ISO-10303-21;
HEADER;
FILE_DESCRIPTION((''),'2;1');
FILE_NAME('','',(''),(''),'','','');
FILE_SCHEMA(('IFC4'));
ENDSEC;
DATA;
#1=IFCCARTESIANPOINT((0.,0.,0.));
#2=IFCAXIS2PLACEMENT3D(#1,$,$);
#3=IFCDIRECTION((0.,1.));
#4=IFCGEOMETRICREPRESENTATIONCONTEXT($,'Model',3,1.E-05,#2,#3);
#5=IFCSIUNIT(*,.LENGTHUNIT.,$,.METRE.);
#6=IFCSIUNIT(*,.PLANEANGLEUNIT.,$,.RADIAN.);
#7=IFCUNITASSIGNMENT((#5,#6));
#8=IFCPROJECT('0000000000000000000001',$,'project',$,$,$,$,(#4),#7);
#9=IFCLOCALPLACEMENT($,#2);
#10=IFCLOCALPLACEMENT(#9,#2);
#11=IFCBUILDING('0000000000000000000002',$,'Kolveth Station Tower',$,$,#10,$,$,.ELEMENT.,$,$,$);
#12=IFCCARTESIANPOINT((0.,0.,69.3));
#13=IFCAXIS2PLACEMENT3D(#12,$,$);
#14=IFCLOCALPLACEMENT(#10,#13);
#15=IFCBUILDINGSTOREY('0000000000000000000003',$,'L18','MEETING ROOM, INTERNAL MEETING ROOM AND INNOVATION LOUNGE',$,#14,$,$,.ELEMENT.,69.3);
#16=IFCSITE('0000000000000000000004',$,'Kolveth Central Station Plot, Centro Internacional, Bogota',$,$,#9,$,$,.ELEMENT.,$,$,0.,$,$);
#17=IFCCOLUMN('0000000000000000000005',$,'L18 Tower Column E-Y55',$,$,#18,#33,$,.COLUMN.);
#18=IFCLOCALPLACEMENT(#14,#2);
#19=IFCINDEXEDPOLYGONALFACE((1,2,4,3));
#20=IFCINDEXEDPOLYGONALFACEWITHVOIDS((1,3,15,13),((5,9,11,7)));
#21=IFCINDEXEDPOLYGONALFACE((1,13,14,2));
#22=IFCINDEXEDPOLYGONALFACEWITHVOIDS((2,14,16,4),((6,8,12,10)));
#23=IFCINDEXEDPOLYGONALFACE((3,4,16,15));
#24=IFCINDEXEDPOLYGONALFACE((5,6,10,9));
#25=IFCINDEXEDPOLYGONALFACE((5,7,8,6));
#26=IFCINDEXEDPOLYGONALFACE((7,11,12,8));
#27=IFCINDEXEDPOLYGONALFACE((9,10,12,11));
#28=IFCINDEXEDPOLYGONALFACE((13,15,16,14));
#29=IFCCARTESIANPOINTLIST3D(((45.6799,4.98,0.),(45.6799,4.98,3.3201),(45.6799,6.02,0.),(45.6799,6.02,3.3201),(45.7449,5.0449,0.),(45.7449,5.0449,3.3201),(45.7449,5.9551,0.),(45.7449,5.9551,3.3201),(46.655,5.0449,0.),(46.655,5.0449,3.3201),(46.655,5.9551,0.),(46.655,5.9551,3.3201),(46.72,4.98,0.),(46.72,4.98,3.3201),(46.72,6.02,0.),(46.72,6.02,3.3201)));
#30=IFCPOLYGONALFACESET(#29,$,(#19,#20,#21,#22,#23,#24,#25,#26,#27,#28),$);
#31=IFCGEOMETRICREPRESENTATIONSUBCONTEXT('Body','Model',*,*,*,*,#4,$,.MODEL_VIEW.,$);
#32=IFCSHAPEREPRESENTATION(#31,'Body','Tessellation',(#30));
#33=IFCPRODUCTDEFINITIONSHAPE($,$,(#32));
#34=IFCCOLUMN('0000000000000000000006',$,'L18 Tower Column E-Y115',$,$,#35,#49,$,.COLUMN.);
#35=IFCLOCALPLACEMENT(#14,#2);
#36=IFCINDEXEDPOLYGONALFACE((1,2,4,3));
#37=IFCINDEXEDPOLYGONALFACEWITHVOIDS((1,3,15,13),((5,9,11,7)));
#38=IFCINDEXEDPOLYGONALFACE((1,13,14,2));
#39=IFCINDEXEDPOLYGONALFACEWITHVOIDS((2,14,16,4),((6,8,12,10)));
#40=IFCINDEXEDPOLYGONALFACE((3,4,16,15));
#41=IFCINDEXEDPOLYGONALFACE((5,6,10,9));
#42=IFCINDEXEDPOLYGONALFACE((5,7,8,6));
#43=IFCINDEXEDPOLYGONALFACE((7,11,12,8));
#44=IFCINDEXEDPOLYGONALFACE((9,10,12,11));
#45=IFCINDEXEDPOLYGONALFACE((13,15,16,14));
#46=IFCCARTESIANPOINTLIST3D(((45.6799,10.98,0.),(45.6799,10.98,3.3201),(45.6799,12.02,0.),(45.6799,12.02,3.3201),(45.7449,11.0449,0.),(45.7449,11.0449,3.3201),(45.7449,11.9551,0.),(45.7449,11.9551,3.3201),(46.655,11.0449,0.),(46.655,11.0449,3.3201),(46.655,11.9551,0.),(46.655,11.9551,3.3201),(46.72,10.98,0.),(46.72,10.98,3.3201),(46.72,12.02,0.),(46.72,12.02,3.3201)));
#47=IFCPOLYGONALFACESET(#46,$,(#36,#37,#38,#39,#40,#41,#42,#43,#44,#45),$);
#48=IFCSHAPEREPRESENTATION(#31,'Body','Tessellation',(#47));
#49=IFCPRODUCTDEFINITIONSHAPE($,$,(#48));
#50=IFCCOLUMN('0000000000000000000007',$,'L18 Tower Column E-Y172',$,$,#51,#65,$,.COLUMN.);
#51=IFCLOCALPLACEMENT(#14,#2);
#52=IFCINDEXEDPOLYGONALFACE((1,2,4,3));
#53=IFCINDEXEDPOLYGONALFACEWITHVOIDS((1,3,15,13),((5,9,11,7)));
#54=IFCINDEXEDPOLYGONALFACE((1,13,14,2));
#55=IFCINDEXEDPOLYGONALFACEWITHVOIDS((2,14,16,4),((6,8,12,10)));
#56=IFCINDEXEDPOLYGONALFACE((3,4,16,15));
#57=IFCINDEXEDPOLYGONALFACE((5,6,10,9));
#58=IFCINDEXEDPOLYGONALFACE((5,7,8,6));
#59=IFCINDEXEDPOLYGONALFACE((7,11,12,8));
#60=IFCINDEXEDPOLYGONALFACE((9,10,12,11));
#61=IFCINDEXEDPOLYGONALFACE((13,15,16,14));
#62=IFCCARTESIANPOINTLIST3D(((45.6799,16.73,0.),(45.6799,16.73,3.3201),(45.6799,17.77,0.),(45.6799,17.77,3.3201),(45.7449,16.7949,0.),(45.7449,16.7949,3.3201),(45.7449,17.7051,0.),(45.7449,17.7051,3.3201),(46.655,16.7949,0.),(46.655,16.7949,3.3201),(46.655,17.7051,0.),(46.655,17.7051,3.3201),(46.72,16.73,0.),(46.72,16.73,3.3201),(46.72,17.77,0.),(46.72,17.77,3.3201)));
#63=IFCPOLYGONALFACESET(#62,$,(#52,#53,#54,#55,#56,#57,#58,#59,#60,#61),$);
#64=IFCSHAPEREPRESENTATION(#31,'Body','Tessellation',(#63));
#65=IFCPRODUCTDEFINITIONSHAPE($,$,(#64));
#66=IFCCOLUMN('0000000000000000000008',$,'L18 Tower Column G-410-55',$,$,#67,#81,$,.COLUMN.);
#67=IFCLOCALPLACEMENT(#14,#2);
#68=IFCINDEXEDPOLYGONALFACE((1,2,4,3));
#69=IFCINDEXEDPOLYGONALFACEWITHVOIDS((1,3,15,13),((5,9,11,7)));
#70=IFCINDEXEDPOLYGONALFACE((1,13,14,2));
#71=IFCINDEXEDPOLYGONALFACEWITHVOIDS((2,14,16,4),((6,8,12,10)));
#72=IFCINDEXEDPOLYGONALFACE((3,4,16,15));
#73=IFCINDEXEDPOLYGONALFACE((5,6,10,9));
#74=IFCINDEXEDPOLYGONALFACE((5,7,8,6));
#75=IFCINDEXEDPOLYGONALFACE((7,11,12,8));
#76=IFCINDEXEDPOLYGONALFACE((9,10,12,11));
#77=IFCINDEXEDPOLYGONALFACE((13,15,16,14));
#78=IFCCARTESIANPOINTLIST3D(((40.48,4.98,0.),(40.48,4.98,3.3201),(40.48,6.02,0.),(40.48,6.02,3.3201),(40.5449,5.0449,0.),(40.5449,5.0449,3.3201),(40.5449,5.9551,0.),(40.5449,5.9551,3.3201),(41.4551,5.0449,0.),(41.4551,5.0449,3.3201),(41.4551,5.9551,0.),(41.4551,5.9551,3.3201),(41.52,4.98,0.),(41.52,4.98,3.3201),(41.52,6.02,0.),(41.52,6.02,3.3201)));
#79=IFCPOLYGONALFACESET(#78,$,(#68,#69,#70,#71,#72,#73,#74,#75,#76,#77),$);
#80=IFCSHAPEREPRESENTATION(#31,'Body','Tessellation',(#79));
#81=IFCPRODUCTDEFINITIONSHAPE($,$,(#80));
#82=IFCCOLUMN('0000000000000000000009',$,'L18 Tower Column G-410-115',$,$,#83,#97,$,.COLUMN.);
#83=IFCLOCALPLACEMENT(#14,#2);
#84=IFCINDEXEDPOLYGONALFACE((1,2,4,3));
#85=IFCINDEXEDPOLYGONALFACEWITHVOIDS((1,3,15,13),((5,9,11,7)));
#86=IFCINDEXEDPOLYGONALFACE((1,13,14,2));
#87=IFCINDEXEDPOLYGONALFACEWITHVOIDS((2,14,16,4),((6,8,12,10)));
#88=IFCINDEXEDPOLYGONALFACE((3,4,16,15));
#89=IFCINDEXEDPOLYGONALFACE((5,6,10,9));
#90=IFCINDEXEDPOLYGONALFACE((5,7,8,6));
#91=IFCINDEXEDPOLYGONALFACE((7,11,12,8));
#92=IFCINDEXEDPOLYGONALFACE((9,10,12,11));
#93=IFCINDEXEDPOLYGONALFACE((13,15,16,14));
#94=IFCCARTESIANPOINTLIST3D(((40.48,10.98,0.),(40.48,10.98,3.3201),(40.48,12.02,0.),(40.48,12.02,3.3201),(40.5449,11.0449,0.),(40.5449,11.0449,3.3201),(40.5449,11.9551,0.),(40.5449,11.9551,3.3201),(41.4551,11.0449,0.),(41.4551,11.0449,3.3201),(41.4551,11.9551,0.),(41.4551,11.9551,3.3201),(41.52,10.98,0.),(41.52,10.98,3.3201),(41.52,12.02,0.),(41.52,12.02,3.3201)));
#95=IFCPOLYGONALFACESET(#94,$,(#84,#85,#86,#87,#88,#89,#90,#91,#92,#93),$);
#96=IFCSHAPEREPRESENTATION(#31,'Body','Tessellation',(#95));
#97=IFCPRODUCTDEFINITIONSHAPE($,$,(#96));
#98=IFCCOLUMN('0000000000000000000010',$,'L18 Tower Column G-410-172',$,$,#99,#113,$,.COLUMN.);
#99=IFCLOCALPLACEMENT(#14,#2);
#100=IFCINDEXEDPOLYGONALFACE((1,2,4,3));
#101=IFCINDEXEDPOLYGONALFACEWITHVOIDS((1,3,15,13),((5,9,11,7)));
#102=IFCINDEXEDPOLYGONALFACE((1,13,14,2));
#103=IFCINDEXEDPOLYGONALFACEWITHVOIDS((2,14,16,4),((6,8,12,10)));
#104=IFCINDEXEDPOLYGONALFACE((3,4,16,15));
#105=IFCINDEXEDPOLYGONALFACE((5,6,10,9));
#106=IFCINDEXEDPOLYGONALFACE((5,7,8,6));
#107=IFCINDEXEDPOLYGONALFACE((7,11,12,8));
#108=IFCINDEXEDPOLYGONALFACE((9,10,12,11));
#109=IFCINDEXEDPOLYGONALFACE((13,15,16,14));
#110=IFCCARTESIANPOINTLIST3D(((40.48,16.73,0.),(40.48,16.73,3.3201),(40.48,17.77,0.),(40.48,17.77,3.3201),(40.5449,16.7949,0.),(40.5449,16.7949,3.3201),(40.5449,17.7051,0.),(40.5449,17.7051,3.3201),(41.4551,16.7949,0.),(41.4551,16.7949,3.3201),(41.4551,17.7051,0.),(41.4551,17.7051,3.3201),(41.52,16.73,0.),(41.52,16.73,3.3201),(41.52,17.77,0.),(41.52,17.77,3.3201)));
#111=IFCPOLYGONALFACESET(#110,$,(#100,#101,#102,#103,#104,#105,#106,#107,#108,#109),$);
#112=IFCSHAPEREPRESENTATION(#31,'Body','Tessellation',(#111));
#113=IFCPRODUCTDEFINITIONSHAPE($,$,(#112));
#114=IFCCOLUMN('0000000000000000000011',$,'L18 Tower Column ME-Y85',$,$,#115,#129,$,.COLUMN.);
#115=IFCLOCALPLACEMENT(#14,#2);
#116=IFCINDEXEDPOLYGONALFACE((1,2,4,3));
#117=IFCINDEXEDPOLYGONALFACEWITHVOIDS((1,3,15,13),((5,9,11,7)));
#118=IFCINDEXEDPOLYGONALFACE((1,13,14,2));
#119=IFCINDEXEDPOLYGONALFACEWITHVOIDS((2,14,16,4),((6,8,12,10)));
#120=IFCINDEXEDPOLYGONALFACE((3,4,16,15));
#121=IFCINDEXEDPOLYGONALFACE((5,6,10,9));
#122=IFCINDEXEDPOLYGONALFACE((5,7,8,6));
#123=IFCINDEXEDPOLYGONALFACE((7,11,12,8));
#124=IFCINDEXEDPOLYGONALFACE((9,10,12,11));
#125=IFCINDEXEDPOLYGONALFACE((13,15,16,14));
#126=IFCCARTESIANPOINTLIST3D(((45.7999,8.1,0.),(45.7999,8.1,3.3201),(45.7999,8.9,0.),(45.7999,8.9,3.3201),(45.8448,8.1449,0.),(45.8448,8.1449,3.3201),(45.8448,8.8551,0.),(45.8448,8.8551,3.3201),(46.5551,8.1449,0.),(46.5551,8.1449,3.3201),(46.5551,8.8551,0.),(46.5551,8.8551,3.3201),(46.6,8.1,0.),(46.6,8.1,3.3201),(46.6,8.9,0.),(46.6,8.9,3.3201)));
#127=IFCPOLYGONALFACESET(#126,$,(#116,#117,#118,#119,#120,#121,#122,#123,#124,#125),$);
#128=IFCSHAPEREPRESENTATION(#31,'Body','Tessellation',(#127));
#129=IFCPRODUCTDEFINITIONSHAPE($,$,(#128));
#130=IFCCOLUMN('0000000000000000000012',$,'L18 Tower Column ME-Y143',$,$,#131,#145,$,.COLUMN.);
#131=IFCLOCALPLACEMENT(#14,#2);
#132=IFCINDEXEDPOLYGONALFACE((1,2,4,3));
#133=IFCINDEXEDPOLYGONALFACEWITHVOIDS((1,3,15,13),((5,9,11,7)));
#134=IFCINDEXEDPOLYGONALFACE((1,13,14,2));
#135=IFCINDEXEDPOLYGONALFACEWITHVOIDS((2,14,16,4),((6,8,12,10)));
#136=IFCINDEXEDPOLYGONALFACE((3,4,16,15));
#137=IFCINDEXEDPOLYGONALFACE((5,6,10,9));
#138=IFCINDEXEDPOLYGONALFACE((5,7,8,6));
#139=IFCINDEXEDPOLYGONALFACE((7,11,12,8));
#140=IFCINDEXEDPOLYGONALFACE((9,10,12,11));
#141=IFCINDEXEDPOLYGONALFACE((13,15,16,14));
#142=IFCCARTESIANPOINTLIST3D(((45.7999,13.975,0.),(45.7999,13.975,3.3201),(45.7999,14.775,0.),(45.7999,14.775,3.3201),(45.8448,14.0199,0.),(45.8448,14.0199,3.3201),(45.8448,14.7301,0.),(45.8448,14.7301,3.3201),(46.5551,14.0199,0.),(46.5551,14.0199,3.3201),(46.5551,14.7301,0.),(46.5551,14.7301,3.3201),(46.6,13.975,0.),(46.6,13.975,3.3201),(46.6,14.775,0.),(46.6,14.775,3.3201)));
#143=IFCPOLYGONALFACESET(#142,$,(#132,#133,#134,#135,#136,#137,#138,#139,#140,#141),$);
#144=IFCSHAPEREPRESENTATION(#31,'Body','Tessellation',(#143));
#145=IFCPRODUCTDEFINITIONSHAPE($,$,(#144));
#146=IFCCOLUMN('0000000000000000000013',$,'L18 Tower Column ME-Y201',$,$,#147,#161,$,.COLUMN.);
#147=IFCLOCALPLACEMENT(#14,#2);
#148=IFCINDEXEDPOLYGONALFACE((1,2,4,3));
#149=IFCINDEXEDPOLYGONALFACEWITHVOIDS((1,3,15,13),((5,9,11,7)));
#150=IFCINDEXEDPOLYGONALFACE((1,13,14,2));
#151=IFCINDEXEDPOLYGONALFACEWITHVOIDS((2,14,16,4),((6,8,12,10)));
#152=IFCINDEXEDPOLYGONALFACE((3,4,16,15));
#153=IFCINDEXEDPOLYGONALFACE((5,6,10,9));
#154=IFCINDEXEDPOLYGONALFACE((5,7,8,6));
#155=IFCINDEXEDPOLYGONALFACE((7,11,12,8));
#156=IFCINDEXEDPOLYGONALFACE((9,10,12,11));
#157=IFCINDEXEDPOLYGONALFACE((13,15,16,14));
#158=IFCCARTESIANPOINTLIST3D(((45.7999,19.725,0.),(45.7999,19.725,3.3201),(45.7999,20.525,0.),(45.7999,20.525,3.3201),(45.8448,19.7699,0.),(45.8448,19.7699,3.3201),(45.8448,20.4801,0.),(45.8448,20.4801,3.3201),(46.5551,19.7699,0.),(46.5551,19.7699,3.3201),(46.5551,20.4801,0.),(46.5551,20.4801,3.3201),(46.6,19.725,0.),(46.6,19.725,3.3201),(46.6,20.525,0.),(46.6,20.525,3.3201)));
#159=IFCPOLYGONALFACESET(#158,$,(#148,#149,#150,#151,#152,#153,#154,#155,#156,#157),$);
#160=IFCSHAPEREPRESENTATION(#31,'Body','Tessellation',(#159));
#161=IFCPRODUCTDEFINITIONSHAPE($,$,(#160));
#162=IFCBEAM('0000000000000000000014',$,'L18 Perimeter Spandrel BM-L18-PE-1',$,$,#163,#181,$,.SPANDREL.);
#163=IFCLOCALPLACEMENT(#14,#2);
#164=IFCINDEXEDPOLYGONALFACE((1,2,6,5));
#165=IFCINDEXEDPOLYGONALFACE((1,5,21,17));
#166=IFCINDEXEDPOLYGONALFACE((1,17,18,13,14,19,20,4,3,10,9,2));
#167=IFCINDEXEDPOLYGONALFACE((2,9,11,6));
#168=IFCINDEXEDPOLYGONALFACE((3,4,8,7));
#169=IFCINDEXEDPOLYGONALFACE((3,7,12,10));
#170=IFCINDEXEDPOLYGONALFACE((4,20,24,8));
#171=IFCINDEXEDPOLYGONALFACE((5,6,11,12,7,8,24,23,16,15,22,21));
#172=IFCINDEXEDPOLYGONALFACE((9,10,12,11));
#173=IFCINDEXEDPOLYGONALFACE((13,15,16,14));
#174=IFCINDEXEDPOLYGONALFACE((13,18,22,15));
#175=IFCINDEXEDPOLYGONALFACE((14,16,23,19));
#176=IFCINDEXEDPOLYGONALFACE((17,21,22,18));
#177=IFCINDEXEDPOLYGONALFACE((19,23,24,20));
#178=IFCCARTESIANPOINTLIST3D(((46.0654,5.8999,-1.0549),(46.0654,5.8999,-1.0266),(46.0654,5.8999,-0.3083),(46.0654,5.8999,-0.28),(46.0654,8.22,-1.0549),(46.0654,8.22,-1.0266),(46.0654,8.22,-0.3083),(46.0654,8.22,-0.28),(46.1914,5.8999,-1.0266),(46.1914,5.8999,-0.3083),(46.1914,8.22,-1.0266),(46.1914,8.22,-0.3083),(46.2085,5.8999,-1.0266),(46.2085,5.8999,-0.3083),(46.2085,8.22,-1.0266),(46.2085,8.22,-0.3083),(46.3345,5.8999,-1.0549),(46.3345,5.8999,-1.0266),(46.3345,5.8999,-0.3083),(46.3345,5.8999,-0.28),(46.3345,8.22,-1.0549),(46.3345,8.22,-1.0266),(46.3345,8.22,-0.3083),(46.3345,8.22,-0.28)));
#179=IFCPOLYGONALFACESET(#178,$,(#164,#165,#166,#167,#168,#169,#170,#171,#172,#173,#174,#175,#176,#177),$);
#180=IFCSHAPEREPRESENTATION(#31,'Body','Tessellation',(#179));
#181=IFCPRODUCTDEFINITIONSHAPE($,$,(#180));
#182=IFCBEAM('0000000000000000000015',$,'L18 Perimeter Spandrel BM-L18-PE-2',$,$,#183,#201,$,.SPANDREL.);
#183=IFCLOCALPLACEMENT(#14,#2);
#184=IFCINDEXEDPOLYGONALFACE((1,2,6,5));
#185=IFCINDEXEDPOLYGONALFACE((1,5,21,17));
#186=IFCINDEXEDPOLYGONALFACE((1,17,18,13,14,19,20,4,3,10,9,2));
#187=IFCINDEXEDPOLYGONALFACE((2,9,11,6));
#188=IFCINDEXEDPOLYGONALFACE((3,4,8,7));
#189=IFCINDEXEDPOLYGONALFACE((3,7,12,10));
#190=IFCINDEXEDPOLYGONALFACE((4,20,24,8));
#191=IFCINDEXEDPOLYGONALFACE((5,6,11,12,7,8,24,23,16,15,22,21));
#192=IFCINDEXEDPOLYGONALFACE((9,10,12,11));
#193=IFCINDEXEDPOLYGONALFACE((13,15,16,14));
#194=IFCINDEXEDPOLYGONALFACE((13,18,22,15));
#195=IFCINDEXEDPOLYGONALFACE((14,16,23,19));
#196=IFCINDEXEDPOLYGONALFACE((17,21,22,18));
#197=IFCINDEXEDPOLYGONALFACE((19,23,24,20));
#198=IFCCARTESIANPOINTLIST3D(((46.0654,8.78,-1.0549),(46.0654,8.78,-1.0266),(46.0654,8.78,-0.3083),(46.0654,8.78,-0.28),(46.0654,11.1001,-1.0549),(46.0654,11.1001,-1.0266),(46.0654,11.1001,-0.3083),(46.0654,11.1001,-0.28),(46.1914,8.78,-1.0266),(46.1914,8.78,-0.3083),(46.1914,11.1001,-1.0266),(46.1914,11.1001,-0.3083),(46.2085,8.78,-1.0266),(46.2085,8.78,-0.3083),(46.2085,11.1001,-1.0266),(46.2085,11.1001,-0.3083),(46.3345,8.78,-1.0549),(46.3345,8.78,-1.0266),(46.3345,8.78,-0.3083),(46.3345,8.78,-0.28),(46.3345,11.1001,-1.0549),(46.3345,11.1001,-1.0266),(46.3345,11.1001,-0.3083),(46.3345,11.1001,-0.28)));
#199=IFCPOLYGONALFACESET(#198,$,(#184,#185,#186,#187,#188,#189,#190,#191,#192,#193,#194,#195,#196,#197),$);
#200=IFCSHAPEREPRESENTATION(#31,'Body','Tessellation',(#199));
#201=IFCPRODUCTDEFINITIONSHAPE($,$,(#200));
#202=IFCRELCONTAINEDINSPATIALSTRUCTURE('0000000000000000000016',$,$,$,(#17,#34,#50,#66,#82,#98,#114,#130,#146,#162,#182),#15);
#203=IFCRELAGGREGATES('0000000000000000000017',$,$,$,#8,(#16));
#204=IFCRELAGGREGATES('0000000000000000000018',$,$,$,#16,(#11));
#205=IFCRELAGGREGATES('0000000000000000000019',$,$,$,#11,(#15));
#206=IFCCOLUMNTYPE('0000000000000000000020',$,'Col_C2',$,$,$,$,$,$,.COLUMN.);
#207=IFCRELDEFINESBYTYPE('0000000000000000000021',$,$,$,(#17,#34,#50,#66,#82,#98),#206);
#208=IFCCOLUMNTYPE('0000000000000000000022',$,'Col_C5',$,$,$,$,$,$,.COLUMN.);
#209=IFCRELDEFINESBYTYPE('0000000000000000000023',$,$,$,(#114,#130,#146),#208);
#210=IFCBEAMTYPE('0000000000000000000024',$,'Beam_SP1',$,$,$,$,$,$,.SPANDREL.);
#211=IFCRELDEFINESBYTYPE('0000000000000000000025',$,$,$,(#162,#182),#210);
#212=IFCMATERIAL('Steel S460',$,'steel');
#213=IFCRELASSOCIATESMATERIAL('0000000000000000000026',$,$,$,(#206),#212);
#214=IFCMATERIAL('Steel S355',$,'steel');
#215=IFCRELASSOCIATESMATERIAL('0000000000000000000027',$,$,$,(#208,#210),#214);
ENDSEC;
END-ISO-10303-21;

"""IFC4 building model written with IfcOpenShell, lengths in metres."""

from ifc_helpers import new_model, si_unit, direction, frame, origin, origin_2d, place, context, subcontext, project, spatial, hollow_rectangle, i_section, extrude, source, transform, mapped, material, material_profile, profile_set, type_object, element, save


model = new_model("IFC4")

# Units and contexts
model_context = context("Model", 3, precision=1e-05, world=origin(), true_north=direction((0.0, 1.0)))
body_context = subcontext(model_context, "Body", "Model", "MODEL_VIEW")
ifc_project = project(units=[si_unit("LENGTHUNIT", "METRE"), si_unit("PLANEANGLEUNIT", "RADIAN")], contexts=[model_context])

# Site, building, storey
site_placement = place(None, origin())
site = spatial("IfcSite", under=ifc_project, at=site_placement, Name="Kolveth Central Station Plot, Centro Internacional, Bogota", CompositionType="ELEMENT", RefElevation=0.0)
building_placement = place(site_placement, origin())
building = spatial("IfcBuilding", under=site, at=building_placement, Name="Kolveth Station Tower", CompositionType="ELEMENT")
storey_placement = place(building_placement, frame((0.0, 0.0, 69.3)))
storey = spatial("IfcBuildingStorey", under=building, at=storey_placement, Name="L18", Description="MEETING ROOM, INTERNAL MEETING ROOM AND INNOVATION LOUNGE", CompositionType="ELEMENT", Elevation=69.3)

# Columns
ifc_material_1 = material(Name="Steel S460", Category="steel")
ifc_material_profile_1 = material_profile(ifc_material_1, hollow_rectangle(XDim=1.04, YDim=1.04, WallThickness=0.0649, at=origin_2d()), Name="BOX1040x1040x65")
ifc_profile_set_1 = profile_set([ifc_material_profile_1], Name="Steel S460")
column_type_1 = type_object("IfcColumnType", Name="Col_C2", PredefinedType="COLUMN", material=ifc_profile_set_1)
shared_shape_1 = source(origin(), body_context, "Body", "SweptSolid", [
    extrude(hollow_rectangle(XDim=1.04, YDim=1.04, WallThickness=0.0649, at=origin_2d()), origin(), (0.0, 0.0, 1.0), 3.3201),
])
for number, where, z_axis, x_axis, name in (
    (1, (46.2, 5.5, 0.0), (0.0, 0.0, 1.0), (1.0, 0.0, 0.0), "L18 Tower Column E-Y55"),
    (2, (46.2, 11.5, 0.0), (0.0, 0.0, 1.0), (1.0, 0.0, 0.0), "L18 Tower Column E-Y115"),
    (3, (46.2, 17.25, 0.0), (0.0, 0.0, 1.0), (1.0, 0.0, 0.0), "L18 Tower Column E-Y172"),
    (4, (41.0, 5.5, 0.0), (0.0, 0.0, 1.0), (1.0, 0.0, 0.0), "L18 Tower Column G-410-55"),
    (5, (41.0, 11.5, 0.0), (0.0, 0.0, 1.0), (1.0, 0.0, 0.0), "L18 Tower Column G-410-115"),
    (6, (41.0, 17.25, 0.0), (0.0, 0.0, 1.0), (1.0, 0.0, 0.0), "L18 Tower Column G-410-172"),
):
    element("IfcColumn", number, at=place(storey_placement, frame(where, z_axis=z_axis, x_axis=x_axis)), inside=storey, type_object=column_type_1, Name=name, PredefinedType="COLUMN", context=body_context, shape_type="MappedRepresentation", body=[
        mapped(shared_shape_1, transform((0.0, 0.0, 0.0), x_axis=(1.0, 0.0, 0.0), y_axis=(0.0, 1.0, 0.0), z_axis=(0.0, 0.0, 1.0), scale=1.0)),
    ])
ifc_material_2 = material(Name="Steel S355", Category="steel")
ifc_material_profile_2 = material_profile(ifc_material_2, hollow_rectangle(XDim=0.8, YDim=0.8, WallThickness=0.0449, at=origin_2d()), Name="BOX800x800x45")
ifc_profile_set_2 = profile_set([ifc_material_profile_2], Name="Steel S355")
column_type_2 = type_object("IfcColumnType", Name="Col_C5", PredefinedType="COLUMN", material=ifc_profile_set_2)
shared_shape_2 = source(origin(), body_context, "Body", "SweptSolid", [
    extrude(hollow_rectangle(XDim=0.8, YDim=0.8, WallThickness=0.0449, at=origin_2d()), origin(), (0.0, 0.0, 1.0), 3.3201),
])
for number, where, z_axis, x_axis, name in (
    (7, (46.2, 8.5, 0.0), (0.0, 0.0, 1.0), (1.0, 0.0, 0.0), "L18 Tower Column ME-Y85"),
    (8, (46.2, 14.375, 0.0), (0.0, 0.0, 1.0), (1.0, 0.0, 0.0), "L18 Tower Column ME-Y143"),
    (9, (46.2, 20.125, 0.0), (0.0, 0.0, 1.0), (1.0, 0.0, 0.0), "L18 Tower Column ME-Y201"),
):
    element("IfcColumn", number, at=place(storey_placement, frame(where, z_axis=z_axis, x_axis=x_axis)), inside=storey, type_object=column_type_2, Name=name, PredefinedType="COLUMN", context=body_context, shape_type="MappedRepresentation", body=[
        mapped(shared_shape_2, transform((0.0, 0.0, 0.0), x_axis=(1.0, 0.0, 0.0), y_axis=(0.0, 1.0, 0.0), z_axis=(0.0, 0.0, 1.0), scale=1.0)),
    ])

# Beams
ifc_material_profile_3 = material_profile(ifc_material_2, i_section(OverallWidth=0.269, OverallDepth=0.7749, WebThickness=0.0171, FlangeThickness=0.0283, at=origin_2d()), Name="W760x220")
ifc_profile_set_3 = profile_set([ifc_material_profile_3], Name="Steel S355")
beam_type_1 = type_object("IfcBeamType", Name="Beam_SP1", PredefinedType="SPANDREL", material=ifc_profile_set_3)
shared_shape_3 = source(origin(), body_context, "Body", "SweptSolid", [
    extrude(i_section(OverallWidth=0.269, OverallDepth=0.7749, WebThickness=0.0171, FlangeThickness=0.0283, at=origin_2d()), origin(), (0.0, 0.0, 1.0), 2.3201),
])
for number, where, z_axis, x_axis, name in (
    (10, (46.2, 5.8999, -0.6675), (0.0, 1.0, 0.0), (-1.0, 0.0, 0.0), "L18 Perimeter Spandrel BM-L18-PE-1"),
    (11, (46.2, 8.78, -0.6675), (0.0, 1.0, 0.0), (-1.0, 0.0, 0.0), "L18 Perimeter Spandrel BM-L18-PE-2"),
):
    element("IfcBeam", number, at=place(storey_placement, frame(where, z_axis=z_axis, x_axis=x_axis)), inside=storey, type_object=beam_type_1, Name=name, PredefinedType="SPANDREL", context=body_context, shape_type="MappedRepresentation", body=[
        mapped(shared_shape_3, transform((0.0, 0.0, 0.0), x_axis=(1.0, 0.0, 0.0), y_axis=(0.0, 1.0, 0.0), z_axis=(0.0, 0.0, 1.0), scale=1.0)),
    ])

save(model, "model.ifc")
